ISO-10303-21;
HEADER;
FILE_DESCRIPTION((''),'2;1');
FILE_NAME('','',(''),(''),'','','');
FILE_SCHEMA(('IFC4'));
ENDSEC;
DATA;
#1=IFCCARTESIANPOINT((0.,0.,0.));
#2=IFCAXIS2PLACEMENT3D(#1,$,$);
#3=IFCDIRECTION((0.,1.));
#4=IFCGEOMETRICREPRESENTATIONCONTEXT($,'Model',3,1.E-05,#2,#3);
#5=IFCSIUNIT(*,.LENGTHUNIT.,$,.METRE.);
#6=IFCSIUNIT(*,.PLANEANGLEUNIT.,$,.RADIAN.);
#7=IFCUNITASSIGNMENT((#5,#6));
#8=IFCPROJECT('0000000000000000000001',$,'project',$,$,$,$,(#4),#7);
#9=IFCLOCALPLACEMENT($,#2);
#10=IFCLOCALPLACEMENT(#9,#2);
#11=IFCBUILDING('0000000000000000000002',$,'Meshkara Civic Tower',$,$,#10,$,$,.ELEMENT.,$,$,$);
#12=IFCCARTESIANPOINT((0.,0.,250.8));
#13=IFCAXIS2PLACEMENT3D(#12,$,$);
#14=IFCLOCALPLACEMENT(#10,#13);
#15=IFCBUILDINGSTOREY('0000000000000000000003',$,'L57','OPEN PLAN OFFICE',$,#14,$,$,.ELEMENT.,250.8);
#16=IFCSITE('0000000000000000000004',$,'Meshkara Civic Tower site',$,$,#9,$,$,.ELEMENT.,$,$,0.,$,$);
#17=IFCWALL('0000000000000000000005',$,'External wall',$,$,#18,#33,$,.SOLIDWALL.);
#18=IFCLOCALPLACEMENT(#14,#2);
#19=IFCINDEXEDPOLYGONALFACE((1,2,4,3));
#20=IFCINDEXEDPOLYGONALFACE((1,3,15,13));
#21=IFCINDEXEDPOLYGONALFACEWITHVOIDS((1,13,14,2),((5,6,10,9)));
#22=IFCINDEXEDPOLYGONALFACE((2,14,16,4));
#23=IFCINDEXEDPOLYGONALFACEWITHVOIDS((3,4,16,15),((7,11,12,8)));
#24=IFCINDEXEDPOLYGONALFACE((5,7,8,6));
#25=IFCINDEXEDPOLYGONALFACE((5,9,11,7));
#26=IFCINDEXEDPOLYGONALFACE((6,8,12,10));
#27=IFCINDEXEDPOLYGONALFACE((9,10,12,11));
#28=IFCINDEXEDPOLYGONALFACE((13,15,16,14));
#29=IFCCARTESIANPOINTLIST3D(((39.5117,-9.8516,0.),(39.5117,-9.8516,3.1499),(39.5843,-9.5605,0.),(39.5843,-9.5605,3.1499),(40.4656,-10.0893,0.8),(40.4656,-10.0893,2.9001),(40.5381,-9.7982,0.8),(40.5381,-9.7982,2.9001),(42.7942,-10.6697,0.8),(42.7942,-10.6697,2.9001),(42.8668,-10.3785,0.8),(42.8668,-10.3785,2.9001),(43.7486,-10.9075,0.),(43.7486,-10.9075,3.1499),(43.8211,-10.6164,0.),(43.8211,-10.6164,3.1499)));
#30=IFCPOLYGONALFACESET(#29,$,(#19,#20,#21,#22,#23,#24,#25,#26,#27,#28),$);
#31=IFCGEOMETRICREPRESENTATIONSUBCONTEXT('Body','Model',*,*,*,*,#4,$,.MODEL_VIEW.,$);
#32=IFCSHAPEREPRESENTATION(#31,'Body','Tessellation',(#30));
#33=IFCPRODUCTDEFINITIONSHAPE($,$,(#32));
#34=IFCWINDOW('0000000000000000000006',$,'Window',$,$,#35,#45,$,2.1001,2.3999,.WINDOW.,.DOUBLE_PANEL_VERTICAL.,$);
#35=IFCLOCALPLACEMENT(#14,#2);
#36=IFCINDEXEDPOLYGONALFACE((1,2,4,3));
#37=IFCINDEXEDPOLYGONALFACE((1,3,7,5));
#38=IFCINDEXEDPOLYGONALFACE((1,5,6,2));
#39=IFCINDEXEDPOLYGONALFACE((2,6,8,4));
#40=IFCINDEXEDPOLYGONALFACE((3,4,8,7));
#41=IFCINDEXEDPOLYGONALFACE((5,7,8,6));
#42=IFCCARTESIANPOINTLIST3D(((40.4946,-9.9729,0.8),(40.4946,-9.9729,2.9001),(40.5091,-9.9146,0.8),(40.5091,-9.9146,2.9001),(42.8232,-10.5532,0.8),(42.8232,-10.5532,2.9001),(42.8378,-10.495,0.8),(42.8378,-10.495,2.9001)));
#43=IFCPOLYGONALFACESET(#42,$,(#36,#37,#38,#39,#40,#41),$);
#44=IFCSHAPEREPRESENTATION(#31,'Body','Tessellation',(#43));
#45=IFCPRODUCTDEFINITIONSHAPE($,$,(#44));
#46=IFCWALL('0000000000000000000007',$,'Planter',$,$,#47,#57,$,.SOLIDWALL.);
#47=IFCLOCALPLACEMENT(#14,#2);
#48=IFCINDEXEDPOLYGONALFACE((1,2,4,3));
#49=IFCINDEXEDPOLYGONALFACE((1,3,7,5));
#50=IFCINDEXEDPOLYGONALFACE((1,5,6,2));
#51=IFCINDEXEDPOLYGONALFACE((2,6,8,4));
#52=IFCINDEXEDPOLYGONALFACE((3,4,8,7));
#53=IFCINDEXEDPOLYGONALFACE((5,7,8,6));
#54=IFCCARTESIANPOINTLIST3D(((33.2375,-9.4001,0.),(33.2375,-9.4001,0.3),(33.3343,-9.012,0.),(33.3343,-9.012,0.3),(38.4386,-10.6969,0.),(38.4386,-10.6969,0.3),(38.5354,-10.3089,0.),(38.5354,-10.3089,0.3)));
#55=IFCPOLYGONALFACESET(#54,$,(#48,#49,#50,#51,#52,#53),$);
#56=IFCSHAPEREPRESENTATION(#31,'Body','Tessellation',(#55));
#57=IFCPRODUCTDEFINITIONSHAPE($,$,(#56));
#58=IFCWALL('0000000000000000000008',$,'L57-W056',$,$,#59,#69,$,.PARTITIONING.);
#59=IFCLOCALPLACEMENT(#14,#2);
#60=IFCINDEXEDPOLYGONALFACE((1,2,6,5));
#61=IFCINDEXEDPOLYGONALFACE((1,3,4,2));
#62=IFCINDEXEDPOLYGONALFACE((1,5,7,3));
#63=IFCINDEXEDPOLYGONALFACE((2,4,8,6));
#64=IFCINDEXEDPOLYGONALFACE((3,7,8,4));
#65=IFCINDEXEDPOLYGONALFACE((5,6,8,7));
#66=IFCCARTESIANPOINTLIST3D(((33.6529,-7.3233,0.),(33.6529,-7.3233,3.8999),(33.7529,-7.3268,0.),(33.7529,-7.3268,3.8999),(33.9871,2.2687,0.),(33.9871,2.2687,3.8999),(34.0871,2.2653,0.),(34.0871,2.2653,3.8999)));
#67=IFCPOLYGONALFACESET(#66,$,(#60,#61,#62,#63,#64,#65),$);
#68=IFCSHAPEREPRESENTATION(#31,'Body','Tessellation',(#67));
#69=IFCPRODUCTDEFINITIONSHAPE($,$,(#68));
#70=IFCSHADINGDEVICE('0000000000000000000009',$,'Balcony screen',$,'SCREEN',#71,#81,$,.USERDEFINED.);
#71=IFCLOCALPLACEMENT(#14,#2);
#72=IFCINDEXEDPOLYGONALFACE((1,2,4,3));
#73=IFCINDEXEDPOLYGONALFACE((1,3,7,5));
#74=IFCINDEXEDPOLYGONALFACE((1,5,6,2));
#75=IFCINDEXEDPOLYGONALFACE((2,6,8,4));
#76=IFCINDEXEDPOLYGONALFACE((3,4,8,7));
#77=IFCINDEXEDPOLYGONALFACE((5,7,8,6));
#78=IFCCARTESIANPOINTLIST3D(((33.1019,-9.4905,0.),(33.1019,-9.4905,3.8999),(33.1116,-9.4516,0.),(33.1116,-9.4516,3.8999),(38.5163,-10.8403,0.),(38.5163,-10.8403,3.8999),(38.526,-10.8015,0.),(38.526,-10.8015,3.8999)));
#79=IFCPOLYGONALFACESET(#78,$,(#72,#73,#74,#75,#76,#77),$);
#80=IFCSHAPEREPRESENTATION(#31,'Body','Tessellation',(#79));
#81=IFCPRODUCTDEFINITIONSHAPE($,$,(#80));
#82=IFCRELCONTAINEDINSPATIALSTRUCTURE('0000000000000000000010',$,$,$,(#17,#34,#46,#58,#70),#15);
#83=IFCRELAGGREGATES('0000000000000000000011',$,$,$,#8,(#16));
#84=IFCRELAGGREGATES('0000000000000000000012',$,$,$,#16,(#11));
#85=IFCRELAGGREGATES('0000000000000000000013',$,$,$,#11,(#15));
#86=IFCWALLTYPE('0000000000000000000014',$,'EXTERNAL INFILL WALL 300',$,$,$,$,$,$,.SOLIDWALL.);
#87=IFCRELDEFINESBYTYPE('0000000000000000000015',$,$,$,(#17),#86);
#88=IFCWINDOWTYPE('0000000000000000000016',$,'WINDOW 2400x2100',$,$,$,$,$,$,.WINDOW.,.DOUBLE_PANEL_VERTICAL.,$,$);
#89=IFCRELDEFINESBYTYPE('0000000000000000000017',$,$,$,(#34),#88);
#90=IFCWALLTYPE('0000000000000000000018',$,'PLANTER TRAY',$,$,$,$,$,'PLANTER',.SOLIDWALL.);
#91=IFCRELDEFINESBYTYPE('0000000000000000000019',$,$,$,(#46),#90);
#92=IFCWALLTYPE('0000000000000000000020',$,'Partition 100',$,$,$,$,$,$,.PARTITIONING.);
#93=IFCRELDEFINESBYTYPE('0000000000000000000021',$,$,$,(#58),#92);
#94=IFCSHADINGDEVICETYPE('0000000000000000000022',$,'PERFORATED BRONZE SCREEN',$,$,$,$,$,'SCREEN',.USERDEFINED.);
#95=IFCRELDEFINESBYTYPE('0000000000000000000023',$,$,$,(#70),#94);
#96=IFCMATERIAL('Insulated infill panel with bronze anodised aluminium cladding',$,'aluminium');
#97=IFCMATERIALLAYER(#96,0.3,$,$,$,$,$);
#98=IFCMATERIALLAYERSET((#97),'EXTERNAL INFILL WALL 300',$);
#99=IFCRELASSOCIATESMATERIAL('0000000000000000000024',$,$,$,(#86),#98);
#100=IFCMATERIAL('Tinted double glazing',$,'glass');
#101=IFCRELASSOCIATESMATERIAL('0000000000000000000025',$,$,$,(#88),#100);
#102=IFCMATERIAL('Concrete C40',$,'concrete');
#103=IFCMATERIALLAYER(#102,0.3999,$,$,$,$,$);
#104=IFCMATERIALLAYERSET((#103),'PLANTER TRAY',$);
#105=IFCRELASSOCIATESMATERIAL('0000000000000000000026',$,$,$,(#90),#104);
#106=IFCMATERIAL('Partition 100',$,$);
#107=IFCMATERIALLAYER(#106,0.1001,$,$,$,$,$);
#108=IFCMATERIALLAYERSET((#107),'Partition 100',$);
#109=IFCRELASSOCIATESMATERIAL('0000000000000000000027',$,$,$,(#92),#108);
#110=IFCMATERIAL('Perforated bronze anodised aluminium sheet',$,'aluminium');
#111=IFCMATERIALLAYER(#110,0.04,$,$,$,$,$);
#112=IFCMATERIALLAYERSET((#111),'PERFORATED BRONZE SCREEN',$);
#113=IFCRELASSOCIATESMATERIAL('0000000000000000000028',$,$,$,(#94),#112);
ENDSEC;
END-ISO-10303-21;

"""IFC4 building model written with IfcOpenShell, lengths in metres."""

from ifc_helpers import new_model, si_unit, direction, frame, frame_2d, origin, origin_2d, place, context, subcontext, project, spatial, rectangle, extrude, material, layer, layer_set, type_object, element, fill, save


model = new_model("IFC4")

# Units and contexts
model_context = context("Model", 3, precision=1e-05, world=origin(), true_north=direction((0.0, 1.0)))
body_context = subcontext(model_context, "Body", "Model", "MODEL_VIEW")
ifc_project = project(units=[si_unit("LENGTHUNIT", "METRE"), si_unit("PLANEANGLEUNIT", "RADIAN")], contexts=[model_context])

# Site, building, storey
site_placement = place(None, origin())
site = spatial("IfcSite", under=ifc_project, at=site_placement, Name="Meshkara Civic Tower site", CompositionType="ELEMENT", RefElevation=0.0)
building_placement = place(site_placement, origin())
building = spatial("IfcBuilding", under=site, at=building_placement, Name="Meshkara Civic Tower", CompositionType="ELEMENT")
storey_placement = place(building_placement, frame((0.0, 0.0, 250.8)))
storey = spatial("IfcBuildingStorey", under=building, at=storey_placement, Name="L57", Description="OPEN PLAN OFFICE", CompositionType="ELEMENT", Elevation=250.8)

# Wall, opening, window
ifc_material_1 = material(Name="Insulated infill panel with bronze anodised aluminium cladding", Category="aluminium")
ifc_layer_1 = layer(ifc_material_1, 0.3)
ifc_layer_set_1 = layer_set([ifc_layer_1], Name="EXTERNAL INFILL WALL 300")
wall_type_1 = type_object("IfcWallType", Name="EXTERNAL INFILL WALL 300", PredefinedType="SOLIDWALL", material=ifc_layer_set_1)
wall_1_placement = place(storey_placement, frame((39.5481, -9.7061, 0.0), z_axis=(0.0, 0.0, 1.0), x_axis=(0.97032, -0.241825, 0.0)))
wall_1 = element("IfcWall", 1, at=wall_1_placement, inside=storey, type_object=wall_type_1, Name="External wall", PredefinedType="SOLIDWALL", context=body_context, shape_type="SweptSolid", body=[
    extrude(rectangle(XDim=4.3665, YDim=0.3, at=frame_2d((2.1831, 0.0))), origin(), (0.0, 0.0, 1.0), 3.1499),
])
opening_1_placement = place(wall_1_placement, frame((0.9829, 0.0, 0.8)))
opening_1 = element("IfcOpeningElement", 2, at=opening_1_placement, cuts=wall_1, PredefinedType="OPENING", context=body_context, shape_type="SweptSolid", body=[
    extrude(rectangle(XDim=2.3999, YDim=2.1001, at=frame_2d((1.2, 1.05))), frame((0.0, 0.1599, 0.0), z_axis=(0.0, -1.0, 0.0), x_axis=(1.0, 0.0, 0.0)), (0.0, 0.0, 1.0), 0.3201),
])
ifc_material_2 = material(Name="Tinted double glazing", Category="glass")
window_type = type_object("IfcWindowType", Name="WINDOW 2400x2100", PartitioningType="DOUBLE_PANEL_VERTICAL", PredefinedType="WINDOW", material=ifc_material_2)
window_placement = place(opening_1_placement, origin())
window = element("IfcWindow", 3, at=window_placement, inside=storey, type_object=window_type, Name="Window", OverallHeight=2.1001, OverallWidth=2.3999, PartitioningType="DOUBLE_PANEL_VERTICAL", PredefinedType="WINDOW", context=body_context, shape_type="SweptSolid", body=[
    extrude(rectangle(XDim=2.3999, YDim=2.1001, at=frame_2d((1.2, 1.05))), frame((0.0, 0.03, 0.0), z_axis=(0.0, -1.0, 0.0), x_axis=(1.0, 0.0, 0.0)), (0.0, 0.0, 1.0), 0.0601),
])
fill(opening_1, window)

# Walls
ifc_material_3 = material(Name="Concrete C40", Category="concrete")
ifc_layer_2 = layer(ifc_material_3, 0.3999)
ifc_layer_set_2 = layer_set([ifc_layer_2], Name="PLANTER TRAY")
wall_type_2 = type_object("IfcWallType", Name="PLANTER TRAY", ElementType="PLANTER", PredefinedType="SOLIDWALL", material=ifc_layer_set_2)
wall_2_placement = place(storey_placement, frame((33.2859, -9.2061, 0.0), z_axis=(0.0, 0.0, 1.0), x_axis=(0.970292, -0.241935, 0.0)))
element("IfcWall", 4, at=wall_2_placement, inside=storey, type_object=wall_type_2, Name="Planter", PredefinedType="SOLIDWALL", context=body_context, shape_type="SweptSolid", body=[
    extrude(rectangle(XDim=5.3604, YDim=0.3999, at=frame_2d((2.6802, 0.0))), origin(), (0.0, 0.0, 1.0), 0.3),
])
ifc_material_4 = material(Name="Partition 100")
ifc_layer_3 = layer(ifc_material_4, 0.1001)
ifc_layer_set_3 = layer_set([ifc_layer_3], Name="Partition 100")
wall_type_3 = type_object("IfcWallType", Name="Partition 100", PredefinedType="PARTITIONING", material=ifc_layer_set_3)
wall_3_placement = place(storey_placement, frame((33.7029, -7.325, 0.0), z_axis=(0.0, 0.0, 1.0), x_axis=(0.034823, 0.999393, 0.0)))
element("IfcWall", 5, at=wall_3_placement, inside=storey, type_object=wall_type_3, Name="L57-W056", PredefinedType="PARTITIONING", context=body_context, shape_type="SweptSolid", body=[
    extrude(rectangle(XDim=9.5979, YDim=0.1001, at=frame_2d((4.7988, 0.0))), origin(), (0.0, 0.0, 1.0), 3.8999),
])

# Shading device
ifc_material_5 = material(Name="Perforated bronze anodised aluminium sheet", Category="aluminium")
ifc_layer_4 = layer(ifc_material_5, 0.04)
ifc_layer_set_4 = layer_set([ifc_layer_4], Name="PERFORATED BRONZE SCREEN")
shading_device_type = type_object("IfcShadingDeviceType", Name="PERFORATED BRONZE SCREEN", ElementType="SCREEN", PredefinedType="USERDEFINED", material=ifc_layer_set_4)
shading_device_placement = place(storey_placement, frame((35.814, -10.146, 0.0), z_axis=(0.0, 0.0, 1.0), x_axis=(0.9703, -0.241905, 0.0)))
element("IfcShadingDevice", 6, at=shading_device_placement, inside=storey, type_object=shading_device_type, Name="Balcony screen", ObjectType="SCREEN", PredefinedType="USERDEFINED", context=body_context, shape_type="SweptSolid", body=[
    extrude(rectangle(XDim=5.5801, YDim=0.04, at=origin_2d()), origin(), (0.0, 0.0, 1.0), 3.8999),
])

save(model, "model.ifc")
